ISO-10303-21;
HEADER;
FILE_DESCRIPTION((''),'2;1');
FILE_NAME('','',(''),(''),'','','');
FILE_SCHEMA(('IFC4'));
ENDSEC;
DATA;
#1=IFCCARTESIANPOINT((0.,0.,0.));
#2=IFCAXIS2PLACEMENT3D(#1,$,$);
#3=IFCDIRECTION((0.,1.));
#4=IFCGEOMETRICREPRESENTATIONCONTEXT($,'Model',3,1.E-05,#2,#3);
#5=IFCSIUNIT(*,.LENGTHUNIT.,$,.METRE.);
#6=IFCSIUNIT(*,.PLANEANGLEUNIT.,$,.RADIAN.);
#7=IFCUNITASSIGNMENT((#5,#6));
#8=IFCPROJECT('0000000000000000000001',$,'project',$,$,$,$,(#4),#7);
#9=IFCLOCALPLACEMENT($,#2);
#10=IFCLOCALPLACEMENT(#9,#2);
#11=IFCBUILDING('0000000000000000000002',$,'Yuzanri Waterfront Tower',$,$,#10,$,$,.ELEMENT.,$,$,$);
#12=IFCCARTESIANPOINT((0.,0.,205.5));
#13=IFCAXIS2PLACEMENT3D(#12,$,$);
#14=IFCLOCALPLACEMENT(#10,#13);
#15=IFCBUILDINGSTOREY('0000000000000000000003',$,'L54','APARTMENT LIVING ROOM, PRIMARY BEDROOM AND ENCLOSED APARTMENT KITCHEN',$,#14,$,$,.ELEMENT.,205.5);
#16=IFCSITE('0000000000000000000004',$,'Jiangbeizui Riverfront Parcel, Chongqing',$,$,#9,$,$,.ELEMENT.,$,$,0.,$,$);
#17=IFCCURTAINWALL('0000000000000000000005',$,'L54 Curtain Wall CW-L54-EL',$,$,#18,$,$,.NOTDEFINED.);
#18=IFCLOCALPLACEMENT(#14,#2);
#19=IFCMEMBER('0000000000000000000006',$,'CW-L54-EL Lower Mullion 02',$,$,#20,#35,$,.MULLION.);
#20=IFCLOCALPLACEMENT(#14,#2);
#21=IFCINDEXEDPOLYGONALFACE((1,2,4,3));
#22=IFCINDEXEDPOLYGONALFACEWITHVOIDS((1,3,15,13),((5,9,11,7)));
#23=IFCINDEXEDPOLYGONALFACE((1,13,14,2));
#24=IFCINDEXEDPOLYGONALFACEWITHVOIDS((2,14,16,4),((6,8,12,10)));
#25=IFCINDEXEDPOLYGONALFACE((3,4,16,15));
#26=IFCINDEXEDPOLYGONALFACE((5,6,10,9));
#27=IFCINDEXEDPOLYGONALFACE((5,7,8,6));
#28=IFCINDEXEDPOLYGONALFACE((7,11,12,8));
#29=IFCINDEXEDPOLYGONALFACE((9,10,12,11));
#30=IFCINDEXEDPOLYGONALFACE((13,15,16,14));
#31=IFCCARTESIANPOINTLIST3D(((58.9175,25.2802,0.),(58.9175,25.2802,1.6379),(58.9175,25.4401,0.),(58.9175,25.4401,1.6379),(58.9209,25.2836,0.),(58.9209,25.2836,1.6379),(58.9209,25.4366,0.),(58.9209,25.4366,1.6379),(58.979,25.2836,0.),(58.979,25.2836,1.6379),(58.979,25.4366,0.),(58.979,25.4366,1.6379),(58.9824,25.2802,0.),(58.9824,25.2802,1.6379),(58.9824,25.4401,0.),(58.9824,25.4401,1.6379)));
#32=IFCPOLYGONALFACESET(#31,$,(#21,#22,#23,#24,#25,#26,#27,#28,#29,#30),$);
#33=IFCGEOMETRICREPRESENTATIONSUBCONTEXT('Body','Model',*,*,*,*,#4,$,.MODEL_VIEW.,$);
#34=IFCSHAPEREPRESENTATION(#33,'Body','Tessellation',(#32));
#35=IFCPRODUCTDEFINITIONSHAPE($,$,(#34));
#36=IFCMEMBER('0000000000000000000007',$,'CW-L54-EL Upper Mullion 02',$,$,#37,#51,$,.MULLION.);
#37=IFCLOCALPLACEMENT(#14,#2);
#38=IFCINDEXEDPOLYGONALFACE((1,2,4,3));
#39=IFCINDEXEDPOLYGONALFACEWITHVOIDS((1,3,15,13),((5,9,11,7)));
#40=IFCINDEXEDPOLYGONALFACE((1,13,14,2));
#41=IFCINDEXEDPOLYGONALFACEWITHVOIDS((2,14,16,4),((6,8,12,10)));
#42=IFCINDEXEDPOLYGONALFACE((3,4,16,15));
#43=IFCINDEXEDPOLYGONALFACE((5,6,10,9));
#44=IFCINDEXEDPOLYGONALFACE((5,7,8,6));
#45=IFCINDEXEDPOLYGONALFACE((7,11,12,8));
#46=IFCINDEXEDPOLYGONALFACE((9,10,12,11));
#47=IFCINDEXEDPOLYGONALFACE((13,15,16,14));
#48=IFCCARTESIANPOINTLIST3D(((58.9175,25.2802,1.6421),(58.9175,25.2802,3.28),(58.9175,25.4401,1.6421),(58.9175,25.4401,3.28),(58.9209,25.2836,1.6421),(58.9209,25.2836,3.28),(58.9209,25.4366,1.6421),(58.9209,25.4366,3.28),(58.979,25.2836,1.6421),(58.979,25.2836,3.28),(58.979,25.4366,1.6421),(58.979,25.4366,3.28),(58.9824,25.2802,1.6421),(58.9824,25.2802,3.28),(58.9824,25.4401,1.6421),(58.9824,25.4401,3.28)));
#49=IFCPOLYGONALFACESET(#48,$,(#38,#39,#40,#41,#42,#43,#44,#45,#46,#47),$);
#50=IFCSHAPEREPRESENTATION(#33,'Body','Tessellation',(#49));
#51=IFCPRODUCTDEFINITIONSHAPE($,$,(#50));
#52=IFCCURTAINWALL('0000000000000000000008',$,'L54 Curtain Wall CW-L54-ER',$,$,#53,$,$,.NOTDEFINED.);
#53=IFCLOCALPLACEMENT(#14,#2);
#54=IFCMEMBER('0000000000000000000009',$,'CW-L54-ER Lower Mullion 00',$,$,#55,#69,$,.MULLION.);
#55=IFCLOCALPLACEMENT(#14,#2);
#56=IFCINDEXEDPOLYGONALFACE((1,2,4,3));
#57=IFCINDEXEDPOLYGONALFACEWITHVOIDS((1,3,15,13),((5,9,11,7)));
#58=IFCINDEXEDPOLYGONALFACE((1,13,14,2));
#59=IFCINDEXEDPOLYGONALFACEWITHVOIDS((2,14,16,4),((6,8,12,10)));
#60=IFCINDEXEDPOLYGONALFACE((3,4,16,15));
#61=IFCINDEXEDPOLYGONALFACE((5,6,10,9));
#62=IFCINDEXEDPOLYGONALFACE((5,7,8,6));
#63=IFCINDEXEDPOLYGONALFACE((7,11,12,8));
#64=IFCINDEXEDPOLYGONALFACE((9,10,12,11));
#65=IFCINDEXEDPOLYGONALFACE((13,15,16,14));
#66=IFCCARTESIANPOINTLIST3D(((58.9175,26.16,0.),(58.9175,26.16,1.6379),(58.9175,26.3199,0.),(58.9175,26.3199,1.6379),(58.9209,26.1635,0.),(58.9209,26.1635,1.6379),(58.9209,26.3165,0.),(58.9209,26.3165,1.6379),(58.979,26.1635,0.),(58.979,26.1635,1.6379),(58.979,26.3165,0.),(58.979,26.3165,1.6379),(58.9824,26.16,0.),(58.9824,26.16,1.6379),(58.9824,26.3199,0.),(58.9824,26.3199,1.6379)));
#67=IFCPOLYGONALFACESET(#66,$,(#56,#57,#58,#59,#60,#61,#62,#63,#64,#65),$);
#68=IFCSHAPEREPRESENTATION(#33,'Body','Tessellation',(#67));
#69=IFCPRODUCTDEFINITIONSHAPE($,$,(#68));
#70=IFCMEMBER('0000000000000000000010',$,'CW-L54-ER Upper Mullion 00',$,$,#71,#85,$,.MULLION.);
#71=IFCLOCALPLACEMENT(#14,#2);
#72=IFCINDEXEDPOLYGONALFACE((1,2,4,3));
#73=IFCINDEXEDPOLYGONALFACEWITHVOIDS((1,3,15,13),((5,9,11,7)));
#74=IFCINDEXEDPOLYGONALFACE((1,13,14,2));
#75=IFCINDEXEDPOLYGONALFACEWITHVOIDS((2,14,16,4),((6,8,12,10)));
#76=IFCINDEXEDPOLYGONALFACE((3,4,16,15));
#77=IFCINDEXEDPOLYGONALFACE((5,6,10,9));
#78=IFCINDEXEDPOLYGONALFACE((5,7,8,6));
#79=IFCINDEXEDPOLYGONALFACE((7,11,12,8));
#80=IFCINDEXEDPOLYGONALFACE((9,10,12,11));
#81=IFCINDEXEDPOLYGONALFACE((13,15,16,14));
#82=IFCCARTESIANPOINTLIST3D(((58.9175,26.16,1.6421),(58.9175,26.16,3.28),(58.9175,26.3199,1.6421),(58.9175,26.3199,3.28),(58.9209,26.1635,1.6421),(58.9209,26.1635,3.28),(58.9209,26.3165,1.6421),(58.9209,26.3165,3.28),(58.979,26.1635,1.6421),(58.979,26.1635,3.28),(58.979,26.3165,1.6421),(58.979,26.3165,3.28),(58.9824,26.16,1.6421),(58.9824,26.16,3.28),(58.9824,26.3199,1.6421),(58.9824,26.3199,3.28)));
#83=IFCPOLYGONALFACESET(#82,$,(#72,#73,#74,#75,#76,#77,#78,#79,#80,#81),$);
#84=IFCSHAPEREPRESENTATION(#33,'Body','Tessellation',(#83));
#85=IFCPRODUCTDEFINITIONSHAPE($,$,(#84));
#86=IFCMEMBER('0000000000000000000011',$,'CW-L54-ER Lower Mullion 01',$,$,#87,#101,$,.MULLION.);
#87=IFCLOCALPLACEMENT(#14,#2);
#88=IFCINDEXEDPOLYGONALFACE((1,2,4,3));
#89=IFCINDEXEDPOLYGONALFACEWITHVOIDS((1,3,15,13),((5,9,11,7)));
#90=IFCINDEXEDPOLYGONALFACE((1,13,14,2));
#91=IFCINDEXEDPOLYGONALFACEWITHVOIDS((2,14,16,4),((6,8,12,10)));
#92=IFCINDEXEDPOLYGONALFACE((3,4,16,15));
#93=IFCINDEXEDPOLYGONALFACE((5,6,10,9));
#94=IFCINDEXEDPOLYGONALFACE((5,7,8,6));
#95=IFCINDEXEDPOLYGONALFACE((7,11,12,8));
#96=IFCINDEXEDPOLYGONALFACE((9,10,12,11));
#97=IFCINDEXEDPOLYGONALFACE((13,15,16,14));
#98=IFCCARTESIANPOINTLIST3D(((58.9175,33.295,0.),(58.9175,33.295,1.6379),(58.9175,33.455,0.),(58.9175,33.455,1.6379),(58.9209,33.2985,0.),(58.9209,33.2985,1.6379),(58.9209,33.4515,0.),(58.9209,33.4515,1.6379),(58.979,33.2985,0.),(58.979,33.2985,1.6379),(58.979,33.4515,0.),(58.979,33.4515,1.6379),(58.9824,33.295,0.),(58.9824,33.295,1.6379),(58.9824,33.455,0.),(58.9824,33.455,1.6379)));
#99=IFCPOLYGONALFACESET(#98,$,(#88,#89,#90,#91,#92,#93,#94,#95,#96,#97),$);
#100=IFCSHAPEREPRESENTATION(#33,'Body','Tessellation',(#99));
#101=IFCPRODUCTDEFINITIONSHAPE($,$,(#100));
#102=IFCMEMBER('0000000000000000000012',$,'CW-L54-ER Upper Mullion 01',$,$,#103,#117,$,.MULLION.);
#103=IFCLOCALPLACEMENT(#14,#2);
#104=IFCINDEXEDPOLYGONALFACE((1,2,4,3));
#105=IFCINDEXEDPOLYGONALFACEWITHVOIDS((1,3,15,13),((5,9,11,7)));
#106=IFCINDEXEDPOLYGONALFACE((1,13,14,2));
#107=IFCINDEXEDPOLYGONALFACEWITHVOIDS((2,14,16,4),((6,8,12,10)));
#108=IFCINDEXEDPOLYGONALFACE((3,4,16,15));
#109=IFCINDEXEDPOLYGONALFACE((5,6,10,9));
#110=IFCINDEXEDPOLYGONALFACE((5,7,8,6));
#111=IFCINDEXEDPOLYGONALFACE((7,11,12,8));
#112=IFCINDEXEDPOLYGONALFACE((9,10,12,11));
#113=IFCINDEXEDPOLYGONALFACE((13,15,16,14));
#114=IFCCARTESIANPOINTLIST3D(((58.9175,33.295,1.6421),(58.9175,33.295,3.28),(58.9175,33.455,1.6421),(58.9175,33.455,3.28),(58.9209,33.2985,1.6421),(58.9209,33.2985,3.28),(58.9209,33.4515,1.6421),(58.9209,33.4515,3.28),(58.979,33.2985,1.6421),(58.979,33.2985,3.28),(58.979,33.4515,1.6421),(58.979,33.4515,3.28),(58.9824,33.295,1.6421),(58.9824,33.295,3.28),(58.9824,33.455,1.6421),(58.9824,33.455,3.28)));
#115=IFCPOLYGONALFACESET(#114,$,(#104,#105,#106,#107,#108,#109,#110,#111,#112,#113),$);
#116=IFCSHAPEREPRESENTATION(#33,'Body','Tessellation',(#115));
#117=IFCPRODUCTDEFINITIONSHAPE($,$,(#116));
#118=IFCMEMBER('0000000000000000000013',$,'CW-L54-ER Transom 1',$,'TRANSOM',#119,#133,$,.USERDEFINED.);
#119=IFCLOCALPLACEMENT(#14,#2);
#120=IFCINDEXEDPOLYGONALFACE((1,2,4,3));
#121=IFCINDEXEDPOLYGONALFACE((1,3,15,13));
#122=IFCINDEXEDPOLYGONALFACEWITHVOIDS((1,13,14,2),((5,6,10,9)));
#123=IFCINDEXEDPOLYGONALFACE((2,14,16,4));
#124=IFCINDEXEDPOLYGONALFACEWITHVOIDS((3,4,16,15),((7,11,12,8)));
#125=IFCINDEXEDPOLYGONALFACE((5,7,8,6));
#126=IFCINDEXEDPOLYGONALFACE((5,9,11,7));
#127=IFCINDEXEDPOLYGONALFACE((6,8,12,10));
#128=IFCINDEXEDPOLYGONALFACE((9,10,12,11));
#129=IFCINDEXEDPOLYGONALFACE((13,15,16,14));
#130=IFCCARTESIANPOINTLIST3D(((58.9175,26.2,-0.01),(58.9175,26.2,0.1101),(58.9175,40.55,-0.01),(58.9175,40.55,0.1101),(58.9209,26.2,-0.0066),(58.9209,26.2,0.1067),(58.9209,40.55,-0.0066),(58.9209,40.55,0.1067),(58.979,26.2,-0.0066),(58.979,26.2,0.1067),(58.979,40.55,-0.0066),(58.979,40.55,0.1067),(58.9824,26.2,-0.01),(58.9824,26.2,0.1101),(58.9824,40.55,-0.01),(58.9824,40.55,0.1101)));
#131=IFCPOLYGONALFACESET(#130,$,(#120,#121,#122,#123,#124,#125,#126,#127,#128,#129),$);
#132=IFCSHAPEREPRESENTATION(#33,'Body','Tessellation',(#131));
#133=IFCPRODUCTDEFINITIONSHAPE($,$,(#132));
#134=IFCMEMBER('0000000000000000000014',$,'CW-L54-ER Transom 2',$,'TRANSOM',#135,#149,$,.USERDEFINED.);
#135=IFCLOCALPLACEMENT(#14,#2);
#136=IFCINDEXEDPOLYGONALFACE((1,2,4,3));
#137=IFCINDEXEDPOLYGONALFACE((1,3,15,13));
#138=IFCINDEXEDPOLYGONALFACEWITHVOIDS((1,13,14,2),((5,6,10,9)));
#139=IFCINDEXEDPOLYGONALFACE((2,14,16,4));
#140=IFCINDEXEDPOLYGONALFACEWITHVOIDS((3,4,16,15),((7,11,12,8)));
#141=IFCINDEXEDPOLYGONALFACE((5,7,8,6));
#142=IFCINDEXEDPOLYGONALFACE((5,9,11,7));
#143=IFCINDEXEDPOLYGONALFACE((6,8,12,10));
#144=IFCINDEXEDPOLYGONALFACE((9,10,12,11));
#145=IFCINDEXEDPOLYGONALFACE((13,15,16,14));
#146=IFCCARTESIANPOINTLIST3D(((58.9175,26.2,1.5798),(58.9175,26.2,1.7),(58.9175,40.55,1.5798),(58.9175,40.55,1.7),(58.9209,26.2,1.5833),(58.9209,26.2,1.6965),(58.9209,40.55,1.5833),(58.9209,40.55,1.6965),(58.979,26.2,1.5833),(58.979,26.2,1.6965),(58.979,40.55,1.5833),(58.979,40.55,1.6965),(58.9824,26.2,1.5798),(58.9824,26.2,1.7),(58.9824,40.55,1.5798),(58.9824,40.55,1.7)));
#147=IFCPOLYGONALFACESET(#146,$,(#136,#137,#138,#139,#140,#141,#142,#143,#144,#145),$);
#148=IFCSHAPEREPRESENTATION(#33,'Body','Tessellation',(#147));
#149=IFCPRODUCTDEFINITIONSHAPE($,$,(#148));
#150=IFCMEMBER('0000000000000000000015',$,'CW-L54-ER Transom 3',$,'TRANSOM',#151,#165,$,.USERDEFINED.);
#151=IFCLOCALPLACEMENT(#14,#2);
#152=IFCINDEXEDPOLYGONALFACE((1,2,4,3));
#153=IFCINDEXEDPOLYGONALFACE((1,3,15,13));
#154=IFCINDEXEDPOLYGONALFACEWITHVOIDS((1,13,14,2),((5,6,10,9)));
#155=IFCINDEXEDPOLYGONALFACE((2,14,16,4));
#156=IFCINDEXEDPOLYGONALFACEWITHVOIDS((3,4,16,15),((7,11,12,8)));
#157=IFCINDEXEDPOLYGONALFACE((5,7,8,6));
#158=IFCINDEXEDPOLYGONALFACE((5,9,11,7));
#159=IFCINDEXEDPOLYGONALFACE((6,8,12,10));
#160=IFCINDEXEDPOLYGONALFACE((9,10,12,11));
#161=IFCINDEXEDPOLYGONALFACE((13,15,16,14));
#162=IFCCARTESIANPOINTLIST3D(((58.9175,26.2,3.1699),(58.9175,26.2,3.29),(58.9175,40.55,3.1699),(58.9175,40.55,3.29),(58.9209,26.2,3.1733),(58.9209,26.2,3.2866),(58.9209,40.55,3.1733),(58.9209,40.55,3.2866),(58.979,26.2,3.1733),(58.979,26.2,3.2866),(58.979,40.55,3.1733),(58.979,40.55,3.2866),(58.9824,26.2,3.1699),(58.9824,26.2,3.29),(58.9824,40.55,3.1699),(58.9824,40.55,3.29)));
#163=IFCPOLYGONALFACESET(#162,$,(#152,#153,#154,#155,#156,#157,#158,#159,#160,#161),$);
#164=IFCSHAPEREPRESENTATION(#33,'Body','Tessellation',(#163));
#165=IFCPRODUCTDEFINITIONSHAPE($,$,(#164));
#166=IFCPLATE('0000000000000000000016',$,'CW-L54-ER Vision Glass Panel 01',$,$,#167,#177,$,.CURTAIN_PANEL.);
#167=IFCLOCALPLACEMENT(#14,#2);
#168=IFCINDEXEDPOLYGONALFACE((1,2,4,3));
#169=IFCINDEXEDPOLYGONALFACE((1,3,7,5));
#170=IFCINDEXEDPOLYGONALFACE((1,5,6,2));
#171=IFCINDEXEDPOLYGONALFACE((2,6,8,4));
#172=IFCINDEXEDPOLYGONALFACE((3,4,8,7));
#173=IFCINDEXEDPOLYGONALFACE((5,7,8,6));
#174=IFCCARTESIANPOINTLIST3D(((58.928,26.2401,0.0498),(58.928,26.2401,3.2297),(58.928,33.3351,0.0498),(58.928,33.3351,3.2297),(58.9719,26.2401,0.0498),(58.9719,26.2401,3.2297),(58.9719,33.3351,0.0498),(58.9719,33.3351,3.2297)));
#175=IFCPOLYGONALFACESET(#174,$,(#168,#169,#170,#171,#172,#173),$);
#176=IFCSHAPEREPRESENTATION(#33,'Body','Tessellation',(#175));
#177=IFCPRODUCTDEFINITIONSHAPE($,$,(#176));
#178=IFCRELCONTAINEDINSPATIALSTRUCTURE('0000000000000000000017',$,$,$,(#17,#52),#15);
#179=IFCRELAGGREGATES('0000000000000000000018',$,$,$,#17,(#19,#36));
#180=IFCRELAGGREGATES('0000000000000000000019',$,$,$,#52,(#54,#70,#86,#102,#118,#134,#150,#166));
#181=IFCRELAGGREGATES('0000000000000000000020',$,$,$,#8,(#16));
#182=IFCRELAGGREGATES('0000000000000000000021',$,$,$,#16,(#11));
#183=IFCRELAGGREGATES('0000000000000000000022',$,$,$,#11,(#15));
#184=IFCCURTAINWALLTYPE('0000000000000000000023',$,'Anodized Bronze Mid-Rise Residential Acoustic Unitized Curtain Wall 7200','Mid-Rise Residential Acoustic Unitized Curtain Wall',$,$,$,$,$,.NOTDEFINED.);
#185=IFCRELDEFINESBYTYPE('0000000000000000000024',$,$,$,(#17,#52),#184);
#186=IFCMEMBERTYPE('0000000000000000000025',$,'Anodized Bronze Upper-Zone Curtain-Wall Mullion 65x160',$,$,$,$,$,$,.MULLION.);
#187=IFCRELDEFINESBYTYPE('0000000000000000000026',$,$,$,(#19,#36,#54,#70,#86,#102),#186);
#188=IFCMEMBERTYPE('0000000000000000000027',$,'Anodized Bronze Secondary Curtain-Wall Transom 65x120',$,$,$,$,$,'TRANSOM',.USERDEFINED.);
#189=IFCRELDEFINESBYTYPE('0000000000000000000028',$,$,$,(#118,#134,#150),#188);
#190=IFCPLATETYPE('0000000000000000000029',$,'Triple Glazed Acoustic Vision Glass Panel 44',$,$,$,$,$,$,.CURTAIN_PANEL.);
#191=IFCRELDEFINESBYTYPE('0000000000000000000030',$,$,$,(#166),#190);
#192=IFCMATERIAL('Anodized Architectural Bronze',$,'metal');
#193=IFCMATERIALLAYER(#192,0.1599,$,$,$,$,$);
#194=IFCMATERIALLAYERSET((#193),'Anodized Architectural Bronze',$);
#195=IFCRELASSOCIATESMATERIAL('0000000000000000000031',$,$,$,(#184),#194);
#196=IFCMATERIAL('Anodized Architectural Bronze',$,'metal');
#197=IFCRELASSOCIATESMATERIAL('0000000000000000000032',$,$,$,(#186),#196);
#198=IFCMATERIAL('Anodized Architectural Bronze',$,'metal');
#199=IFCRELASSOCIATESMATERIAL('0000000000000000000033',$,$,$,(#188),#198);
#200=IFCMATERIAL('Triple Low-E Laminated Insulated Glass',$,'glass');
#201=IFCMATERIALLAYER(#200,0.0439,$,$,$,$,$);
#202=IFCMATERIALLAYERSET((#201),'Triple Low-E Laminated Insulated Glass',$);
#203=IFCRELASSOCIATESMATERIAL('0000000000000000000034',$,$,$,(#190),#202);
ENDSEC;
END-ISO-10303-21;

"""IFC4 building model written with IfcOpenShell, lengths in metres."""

from ifc_helpers import new_model, si_unit, direction, frame, origin, origin_2d, place, context, subcontext, project, spatial, rectangle, hollow_rectangle, extrude, source, transform, mapped, material, layer, layer_set, material_profile, profile_set, type_object, element, aggregate, save


model = new_model("IFC4")

# Units and contexts
model_context = context("Model", 3, precision=1e-05, world=origin(), true_north=direction((0.0, 1.0)))
body_context = subcontext(model_context, "Body", "Model", "MODEL_VIEW")
ifc_project = project(units=[si_unit("LENGTHUNIT", "METRE"), si_unit("PLANEANGLEUNIT", "RADIAN")], contexts=[model_context])

# Site, building, storey
site_placement = place(None, origin())
site = spatial("IfcSite", under=ifc_project, at=site_placement, Name="Jiangbeizui Riverfront Parcel, Chongqing", CompositionType="ELEMENT", RefElevation=0.0)
building_placement = place(site_placement, origin())
building = spatial("IfcBuilding", under=site, at=building_placement, Name="Yuzanri Waterfront Tower", CompositionType="ELEMENT")
storey_placement = place(building_placement, frame((0.0, 0.0, 205.5)))
storey = spatial("IfcBuildingStorey", under=building, at=storey_placement, Name="L54", Description="APARTMENT LIVING ROOM, PRIMARY BEDROOM AND ENCLOSED APARTMENT KITCHEN", CompositionType="ELEMENT", Elevation=205.5)

# Curtain wall, members
ifc_material_1 = material(Name="Anodized Architectural Bronze", Category="metal")
ifc_layer_1 = layer(ifc_material_1, 0.1599)
ifc_layer_set_1 = layer_set([ifc_layer_1], Name="Anodized Architectural Bronze")
curtain_wall_type = type_object("IfcCurtainWallType", Name="Anodized Bronze Mid-Rise Residential Acoustic Unitized Curtain Wall 7200", Description="Mid-Rise Residential Acoustic Unitized Curtain Wall", PredefinedType="NOTDEFINED", material=ifc_layer_set_1)
curtain_wall_1_placement = place(storey_placement, origin())
curtain_wall_1 = element("IfcCurtainWall", 1, at=curtain_wall_1_placement, inside=storey, type_object=curtain_wall_type, Name="L54 Curtain Wall CW-L54-EL", PredefinedType="NOTDEFINED")
ifc_material_2 = material(Name="Anodized Architectural Bronze", Category="metal")
ifc_material_profile_1 = material_profile(ifc_material_2, hollow_rectangle(XDim=0.0649, YDim=0.1599, WallThickness=0.0034, at=origin_2d()), Name="CWM 65x160")
ifc_profile_set_1 = profile_set([ifc_material_profile_1], Name="Anodized Architectural Bronze")
member_type_1 = type_object("IfcMemberType", Name="Anodized Bronze Upper-Zone Curtain-Wall Mullion 65x160", PredefinedType="MULLION", material=ifc_profile_set_1)
shared_shape_1 = source(origin(), body_context, "Body", "SweptSolid", [
    extrude(hollow_rectangle(XDim=0.0649, YDim=0.1599, WallThickness=0.0034, at=origin_2d()), origin(), (0.0, 0.0, 1.0), 1.6379),
])
member_1_placement = place(storey_placement, frame((58.95, 25.3601, 0.0), z_axis=(0.0, 0.0, 1.0), x_axis=(1.0, 0.0, 0.0)))
member_1 = element("IfcMember", 2, at=member_1_placement, type_object=member_type_1, Name="CW-L54-EL Lower Mullion 02", PredefinedType="MULLION", context=body_context, shape_type="MappedRepresentation", body=[
    mapped(shared_shape_1, transform((0.0, 0.0, 0.0), scale=1.0)),
])
member_2_placement = place(storey_placement, frame((58.95, 25.3601, 1.6421), z_axis=(0.0, 0.0, 1.0), x_axis=(1.0, 0.0, 0.0)))
member_2 = element("IfcMember", 3, at=member_2_placement, type_object=member_type_1, Name="CW-L54-EL Upper Mullion 02", PredefinedType="MULLION", context=body_context, shape_type="MappedRepresentation", body=[
    mapped(shared_shape_1, transform((0.0, 0.0, 0.0), scale=1.0)),
])
aggregate(curtain_wall_1, [member_1, member_2])

# Curtain wall, members, plate
curtain_wall_2_placement = place(storey_placement, origin())
curtain_wall_2 = element("IfcCurtainWall", 4, at=curtain_wall_2_placement, inside=storey, type_object=curtain_wall_type, Name="L54 Curtain Wall CW-L54-ER", PredefinedType="NOTDEFINED")
member_3_placement = place(storey_placement, frame((58.95, 26.24, 0.0), z_axis=(0.0, 0.0, 1.0), x_axis=(1.0, 0.0, 0.0)))
member_3 = element("IfcMember", 5, at=member_3_placement, type_object=member_type_1, Name="CW-L54-ER Lower Mullion 00", PredefinedType="MULLION", context=body_context, shape_type="MappedRepresentation", body=[
    mapped(shared_shape_1, transform((0.0, 0.0, 0.0), scale=1.0)),
])
member_4_placement = place(storey_placement, frame((58.95, 26.24, 1.6421), z_axis=(0.0, 0.0, 1.0), x_axis=(1.0, 0.0, 0.0)))
member_4 = element("IfcMember", 6, at=member_4_placement, type_object=member_type_1, Name="CW-L54-ER Upper Mullion 00", PredefinedType="MULLION", context=body_context, shape_type="MappedRepresentation", body=[
    mapped(shared_shape_1, transform((0.0, 0.0, 0.0), scale=1.0)),
])
member_5_placement = place(storey_placement, frame((58.95, 33.375, 0.0), z_axis=(0.0, 0.0, 1.0), x_axis=(1.0, 0.0, 0.0)))
member_5 = element("IfcMember", 7, at=member_5_placement, type_object=member_type_1, Name="CW-L54-ER Lower Mullion 01", PredefinedType="MULLION", context=body_context, shape_type="MappedRepresentation", body=[
    mapped(shared_shape_1, transform((0.0, 0.0, 0.0), scale=1.0)),
])
member_6_placement = place(storey_placement, frame((58.95, 33.375, 1.6421), z_axis=(0.0, 0.0, 1.0), x_axis=(1.0, 0.0, 0.0)))
member_6 = element("IfcMember", 8, at=member_6_placement, type_object=member_type_1, Name="CW-L54-ER Upper Mullion 01", PredefinedType="MULLION", context=body_context, shape_type="MappedRepresentation", body=[
    mapped(shared_shape_1, transform((0.0, 0.0, 0.0), scale=1.0)),
])
ifc_material_3 = material(Name="Anodized Architectural Bronze", Category="metal")
ifc_material_profile_2 = material_profile(ifc_material_3, hollow_rectangle(XDim=0.0649, YDim=0.1201, WallThickness=0.0034, at=origin_2d()), Name="CWT 65x120")
ifc_profile_set_2 = profile_set([ifc_material_profile_2], Name="Anodized Architectural Bronze")
member_type_2 = type_object("IfcMemberType", Name="Anodized Bronze Secondary Curtain-Wall Transom 65x120", ElementType="TRANSOM", PredefinedType="USERDEFINED", material=ifc_profile_set_2)
shared_shape_2 = source(origin(), body_context, "Body", "SweptSolid", [
    extrude(hollow_rectangle(XDim=0.0649, YDim=0.1201, WallThickness=0.0034, at=origin_2d()), origin(), (0.0, 0.0, 1.0), 14.3501),
])
member_7_placement = place(storey_placement, frame((58.95, 26.2, 0.05), z_axis=(0.0, 1.0, 0.0), x_axis=(-1.0, 0.0, 0.0)))
member_7 = element("IfcMember", 9, at=member_7_placement, type_object=member_type_2, Name="CW-L54-ER Transom 1", ObjectType="TRANSOM", PredefinedType="USERDEFINED", context=body_context, shape_type="MappedRepresentation", body=[
    mapped(shared_shape_2, transform((0.0, 0.0, 0.0), scale=1.0)),
])
member_8_placement = place(storey_placement, frame((58.95, 26.2, 1.6399), z_axis=(0.0, 1.0, 0.0), x_axis=(-1.0, 0.0, 0.0)))
member_8 = element("IfcMember", 10, at=member_8_placement, type_object=member_type_2, Name="CW-L54-ER Transom 2", ObjectType="TRANSOM", PredefinedType="USERDEFINED", context=body_context, shape_type="MappedRepresentation", body=[
    mapped(shared_shape_2, transform((0.0, 0.0, 0.0), scale=1.0)),
])
member_9_placement = place(storey_placement, frame((58.95, 26.2, 3.23), z_axis=(0.0, 1.0, 0.0), x_axis=(-1.0, 0.0, 0.0)))
member_9 = element("IfcMember", 11, at=member_9_placement, type_object=member_type_2, Name="CW-L54-ER Transom 3", ObjectType="TRANSOM", PredefinedType="USERDEFINED", context=body_context, shape_type="MappedRepresentation", body=[
    mapped(shared_shape_2, transform((0.0, 0.0, 0.0), scale=1.0)),
])
ifc_material_4 = material(Name="Triple Low-E Laminated Insulated Glass", Category="glass")
ifc_layer_2 = layer(ifc_material_4, 0.0439)
ifc_layer_set_2 = layer_set([ifc_layer_2], Name="Triple Low-E Laminated Insulated Glass")
plate_type = type_object("IfcPlateType", Name="Triple Glazed Acoustic Vision Glass Panel 44", PredefinedType="CURTAIN_PANEL", material=ifc_layer_set_2)
shared_shape_3 = source(origin(), body_context, "Body", "SweptSolid", [
    extrude(rectangle(XDim=7.095, YDim=0.0439, at=origin_2d()), origin(), (0.0, 0.0, 1.0), 3.1799),
])
plate_placement = place(storey_placement, frame((58.95, 29.7876, 0.0498), z_axis=(0.0, 0.0, 1.0), x_axis=(0.0, 1.0, 0.0)))
plate = element("IfcPlate", 12, at=plate_placement, type_object=plate_type, Name="CW-L54-ER Vision Glass Panel 01", PredefinedType="CURTAIN_PANEL", context=body_context, shape_type="MappedRepresentation", body=[
    mapped(shared_shape_3, transform((0.0, 0.0, 0.0), scale=1.0)),
])
aggregate(curtain_wall_2, [member_3, member_4, member_5, member_6, member_7, member_8, member_9, plate])

save(model, "model.ifc")
